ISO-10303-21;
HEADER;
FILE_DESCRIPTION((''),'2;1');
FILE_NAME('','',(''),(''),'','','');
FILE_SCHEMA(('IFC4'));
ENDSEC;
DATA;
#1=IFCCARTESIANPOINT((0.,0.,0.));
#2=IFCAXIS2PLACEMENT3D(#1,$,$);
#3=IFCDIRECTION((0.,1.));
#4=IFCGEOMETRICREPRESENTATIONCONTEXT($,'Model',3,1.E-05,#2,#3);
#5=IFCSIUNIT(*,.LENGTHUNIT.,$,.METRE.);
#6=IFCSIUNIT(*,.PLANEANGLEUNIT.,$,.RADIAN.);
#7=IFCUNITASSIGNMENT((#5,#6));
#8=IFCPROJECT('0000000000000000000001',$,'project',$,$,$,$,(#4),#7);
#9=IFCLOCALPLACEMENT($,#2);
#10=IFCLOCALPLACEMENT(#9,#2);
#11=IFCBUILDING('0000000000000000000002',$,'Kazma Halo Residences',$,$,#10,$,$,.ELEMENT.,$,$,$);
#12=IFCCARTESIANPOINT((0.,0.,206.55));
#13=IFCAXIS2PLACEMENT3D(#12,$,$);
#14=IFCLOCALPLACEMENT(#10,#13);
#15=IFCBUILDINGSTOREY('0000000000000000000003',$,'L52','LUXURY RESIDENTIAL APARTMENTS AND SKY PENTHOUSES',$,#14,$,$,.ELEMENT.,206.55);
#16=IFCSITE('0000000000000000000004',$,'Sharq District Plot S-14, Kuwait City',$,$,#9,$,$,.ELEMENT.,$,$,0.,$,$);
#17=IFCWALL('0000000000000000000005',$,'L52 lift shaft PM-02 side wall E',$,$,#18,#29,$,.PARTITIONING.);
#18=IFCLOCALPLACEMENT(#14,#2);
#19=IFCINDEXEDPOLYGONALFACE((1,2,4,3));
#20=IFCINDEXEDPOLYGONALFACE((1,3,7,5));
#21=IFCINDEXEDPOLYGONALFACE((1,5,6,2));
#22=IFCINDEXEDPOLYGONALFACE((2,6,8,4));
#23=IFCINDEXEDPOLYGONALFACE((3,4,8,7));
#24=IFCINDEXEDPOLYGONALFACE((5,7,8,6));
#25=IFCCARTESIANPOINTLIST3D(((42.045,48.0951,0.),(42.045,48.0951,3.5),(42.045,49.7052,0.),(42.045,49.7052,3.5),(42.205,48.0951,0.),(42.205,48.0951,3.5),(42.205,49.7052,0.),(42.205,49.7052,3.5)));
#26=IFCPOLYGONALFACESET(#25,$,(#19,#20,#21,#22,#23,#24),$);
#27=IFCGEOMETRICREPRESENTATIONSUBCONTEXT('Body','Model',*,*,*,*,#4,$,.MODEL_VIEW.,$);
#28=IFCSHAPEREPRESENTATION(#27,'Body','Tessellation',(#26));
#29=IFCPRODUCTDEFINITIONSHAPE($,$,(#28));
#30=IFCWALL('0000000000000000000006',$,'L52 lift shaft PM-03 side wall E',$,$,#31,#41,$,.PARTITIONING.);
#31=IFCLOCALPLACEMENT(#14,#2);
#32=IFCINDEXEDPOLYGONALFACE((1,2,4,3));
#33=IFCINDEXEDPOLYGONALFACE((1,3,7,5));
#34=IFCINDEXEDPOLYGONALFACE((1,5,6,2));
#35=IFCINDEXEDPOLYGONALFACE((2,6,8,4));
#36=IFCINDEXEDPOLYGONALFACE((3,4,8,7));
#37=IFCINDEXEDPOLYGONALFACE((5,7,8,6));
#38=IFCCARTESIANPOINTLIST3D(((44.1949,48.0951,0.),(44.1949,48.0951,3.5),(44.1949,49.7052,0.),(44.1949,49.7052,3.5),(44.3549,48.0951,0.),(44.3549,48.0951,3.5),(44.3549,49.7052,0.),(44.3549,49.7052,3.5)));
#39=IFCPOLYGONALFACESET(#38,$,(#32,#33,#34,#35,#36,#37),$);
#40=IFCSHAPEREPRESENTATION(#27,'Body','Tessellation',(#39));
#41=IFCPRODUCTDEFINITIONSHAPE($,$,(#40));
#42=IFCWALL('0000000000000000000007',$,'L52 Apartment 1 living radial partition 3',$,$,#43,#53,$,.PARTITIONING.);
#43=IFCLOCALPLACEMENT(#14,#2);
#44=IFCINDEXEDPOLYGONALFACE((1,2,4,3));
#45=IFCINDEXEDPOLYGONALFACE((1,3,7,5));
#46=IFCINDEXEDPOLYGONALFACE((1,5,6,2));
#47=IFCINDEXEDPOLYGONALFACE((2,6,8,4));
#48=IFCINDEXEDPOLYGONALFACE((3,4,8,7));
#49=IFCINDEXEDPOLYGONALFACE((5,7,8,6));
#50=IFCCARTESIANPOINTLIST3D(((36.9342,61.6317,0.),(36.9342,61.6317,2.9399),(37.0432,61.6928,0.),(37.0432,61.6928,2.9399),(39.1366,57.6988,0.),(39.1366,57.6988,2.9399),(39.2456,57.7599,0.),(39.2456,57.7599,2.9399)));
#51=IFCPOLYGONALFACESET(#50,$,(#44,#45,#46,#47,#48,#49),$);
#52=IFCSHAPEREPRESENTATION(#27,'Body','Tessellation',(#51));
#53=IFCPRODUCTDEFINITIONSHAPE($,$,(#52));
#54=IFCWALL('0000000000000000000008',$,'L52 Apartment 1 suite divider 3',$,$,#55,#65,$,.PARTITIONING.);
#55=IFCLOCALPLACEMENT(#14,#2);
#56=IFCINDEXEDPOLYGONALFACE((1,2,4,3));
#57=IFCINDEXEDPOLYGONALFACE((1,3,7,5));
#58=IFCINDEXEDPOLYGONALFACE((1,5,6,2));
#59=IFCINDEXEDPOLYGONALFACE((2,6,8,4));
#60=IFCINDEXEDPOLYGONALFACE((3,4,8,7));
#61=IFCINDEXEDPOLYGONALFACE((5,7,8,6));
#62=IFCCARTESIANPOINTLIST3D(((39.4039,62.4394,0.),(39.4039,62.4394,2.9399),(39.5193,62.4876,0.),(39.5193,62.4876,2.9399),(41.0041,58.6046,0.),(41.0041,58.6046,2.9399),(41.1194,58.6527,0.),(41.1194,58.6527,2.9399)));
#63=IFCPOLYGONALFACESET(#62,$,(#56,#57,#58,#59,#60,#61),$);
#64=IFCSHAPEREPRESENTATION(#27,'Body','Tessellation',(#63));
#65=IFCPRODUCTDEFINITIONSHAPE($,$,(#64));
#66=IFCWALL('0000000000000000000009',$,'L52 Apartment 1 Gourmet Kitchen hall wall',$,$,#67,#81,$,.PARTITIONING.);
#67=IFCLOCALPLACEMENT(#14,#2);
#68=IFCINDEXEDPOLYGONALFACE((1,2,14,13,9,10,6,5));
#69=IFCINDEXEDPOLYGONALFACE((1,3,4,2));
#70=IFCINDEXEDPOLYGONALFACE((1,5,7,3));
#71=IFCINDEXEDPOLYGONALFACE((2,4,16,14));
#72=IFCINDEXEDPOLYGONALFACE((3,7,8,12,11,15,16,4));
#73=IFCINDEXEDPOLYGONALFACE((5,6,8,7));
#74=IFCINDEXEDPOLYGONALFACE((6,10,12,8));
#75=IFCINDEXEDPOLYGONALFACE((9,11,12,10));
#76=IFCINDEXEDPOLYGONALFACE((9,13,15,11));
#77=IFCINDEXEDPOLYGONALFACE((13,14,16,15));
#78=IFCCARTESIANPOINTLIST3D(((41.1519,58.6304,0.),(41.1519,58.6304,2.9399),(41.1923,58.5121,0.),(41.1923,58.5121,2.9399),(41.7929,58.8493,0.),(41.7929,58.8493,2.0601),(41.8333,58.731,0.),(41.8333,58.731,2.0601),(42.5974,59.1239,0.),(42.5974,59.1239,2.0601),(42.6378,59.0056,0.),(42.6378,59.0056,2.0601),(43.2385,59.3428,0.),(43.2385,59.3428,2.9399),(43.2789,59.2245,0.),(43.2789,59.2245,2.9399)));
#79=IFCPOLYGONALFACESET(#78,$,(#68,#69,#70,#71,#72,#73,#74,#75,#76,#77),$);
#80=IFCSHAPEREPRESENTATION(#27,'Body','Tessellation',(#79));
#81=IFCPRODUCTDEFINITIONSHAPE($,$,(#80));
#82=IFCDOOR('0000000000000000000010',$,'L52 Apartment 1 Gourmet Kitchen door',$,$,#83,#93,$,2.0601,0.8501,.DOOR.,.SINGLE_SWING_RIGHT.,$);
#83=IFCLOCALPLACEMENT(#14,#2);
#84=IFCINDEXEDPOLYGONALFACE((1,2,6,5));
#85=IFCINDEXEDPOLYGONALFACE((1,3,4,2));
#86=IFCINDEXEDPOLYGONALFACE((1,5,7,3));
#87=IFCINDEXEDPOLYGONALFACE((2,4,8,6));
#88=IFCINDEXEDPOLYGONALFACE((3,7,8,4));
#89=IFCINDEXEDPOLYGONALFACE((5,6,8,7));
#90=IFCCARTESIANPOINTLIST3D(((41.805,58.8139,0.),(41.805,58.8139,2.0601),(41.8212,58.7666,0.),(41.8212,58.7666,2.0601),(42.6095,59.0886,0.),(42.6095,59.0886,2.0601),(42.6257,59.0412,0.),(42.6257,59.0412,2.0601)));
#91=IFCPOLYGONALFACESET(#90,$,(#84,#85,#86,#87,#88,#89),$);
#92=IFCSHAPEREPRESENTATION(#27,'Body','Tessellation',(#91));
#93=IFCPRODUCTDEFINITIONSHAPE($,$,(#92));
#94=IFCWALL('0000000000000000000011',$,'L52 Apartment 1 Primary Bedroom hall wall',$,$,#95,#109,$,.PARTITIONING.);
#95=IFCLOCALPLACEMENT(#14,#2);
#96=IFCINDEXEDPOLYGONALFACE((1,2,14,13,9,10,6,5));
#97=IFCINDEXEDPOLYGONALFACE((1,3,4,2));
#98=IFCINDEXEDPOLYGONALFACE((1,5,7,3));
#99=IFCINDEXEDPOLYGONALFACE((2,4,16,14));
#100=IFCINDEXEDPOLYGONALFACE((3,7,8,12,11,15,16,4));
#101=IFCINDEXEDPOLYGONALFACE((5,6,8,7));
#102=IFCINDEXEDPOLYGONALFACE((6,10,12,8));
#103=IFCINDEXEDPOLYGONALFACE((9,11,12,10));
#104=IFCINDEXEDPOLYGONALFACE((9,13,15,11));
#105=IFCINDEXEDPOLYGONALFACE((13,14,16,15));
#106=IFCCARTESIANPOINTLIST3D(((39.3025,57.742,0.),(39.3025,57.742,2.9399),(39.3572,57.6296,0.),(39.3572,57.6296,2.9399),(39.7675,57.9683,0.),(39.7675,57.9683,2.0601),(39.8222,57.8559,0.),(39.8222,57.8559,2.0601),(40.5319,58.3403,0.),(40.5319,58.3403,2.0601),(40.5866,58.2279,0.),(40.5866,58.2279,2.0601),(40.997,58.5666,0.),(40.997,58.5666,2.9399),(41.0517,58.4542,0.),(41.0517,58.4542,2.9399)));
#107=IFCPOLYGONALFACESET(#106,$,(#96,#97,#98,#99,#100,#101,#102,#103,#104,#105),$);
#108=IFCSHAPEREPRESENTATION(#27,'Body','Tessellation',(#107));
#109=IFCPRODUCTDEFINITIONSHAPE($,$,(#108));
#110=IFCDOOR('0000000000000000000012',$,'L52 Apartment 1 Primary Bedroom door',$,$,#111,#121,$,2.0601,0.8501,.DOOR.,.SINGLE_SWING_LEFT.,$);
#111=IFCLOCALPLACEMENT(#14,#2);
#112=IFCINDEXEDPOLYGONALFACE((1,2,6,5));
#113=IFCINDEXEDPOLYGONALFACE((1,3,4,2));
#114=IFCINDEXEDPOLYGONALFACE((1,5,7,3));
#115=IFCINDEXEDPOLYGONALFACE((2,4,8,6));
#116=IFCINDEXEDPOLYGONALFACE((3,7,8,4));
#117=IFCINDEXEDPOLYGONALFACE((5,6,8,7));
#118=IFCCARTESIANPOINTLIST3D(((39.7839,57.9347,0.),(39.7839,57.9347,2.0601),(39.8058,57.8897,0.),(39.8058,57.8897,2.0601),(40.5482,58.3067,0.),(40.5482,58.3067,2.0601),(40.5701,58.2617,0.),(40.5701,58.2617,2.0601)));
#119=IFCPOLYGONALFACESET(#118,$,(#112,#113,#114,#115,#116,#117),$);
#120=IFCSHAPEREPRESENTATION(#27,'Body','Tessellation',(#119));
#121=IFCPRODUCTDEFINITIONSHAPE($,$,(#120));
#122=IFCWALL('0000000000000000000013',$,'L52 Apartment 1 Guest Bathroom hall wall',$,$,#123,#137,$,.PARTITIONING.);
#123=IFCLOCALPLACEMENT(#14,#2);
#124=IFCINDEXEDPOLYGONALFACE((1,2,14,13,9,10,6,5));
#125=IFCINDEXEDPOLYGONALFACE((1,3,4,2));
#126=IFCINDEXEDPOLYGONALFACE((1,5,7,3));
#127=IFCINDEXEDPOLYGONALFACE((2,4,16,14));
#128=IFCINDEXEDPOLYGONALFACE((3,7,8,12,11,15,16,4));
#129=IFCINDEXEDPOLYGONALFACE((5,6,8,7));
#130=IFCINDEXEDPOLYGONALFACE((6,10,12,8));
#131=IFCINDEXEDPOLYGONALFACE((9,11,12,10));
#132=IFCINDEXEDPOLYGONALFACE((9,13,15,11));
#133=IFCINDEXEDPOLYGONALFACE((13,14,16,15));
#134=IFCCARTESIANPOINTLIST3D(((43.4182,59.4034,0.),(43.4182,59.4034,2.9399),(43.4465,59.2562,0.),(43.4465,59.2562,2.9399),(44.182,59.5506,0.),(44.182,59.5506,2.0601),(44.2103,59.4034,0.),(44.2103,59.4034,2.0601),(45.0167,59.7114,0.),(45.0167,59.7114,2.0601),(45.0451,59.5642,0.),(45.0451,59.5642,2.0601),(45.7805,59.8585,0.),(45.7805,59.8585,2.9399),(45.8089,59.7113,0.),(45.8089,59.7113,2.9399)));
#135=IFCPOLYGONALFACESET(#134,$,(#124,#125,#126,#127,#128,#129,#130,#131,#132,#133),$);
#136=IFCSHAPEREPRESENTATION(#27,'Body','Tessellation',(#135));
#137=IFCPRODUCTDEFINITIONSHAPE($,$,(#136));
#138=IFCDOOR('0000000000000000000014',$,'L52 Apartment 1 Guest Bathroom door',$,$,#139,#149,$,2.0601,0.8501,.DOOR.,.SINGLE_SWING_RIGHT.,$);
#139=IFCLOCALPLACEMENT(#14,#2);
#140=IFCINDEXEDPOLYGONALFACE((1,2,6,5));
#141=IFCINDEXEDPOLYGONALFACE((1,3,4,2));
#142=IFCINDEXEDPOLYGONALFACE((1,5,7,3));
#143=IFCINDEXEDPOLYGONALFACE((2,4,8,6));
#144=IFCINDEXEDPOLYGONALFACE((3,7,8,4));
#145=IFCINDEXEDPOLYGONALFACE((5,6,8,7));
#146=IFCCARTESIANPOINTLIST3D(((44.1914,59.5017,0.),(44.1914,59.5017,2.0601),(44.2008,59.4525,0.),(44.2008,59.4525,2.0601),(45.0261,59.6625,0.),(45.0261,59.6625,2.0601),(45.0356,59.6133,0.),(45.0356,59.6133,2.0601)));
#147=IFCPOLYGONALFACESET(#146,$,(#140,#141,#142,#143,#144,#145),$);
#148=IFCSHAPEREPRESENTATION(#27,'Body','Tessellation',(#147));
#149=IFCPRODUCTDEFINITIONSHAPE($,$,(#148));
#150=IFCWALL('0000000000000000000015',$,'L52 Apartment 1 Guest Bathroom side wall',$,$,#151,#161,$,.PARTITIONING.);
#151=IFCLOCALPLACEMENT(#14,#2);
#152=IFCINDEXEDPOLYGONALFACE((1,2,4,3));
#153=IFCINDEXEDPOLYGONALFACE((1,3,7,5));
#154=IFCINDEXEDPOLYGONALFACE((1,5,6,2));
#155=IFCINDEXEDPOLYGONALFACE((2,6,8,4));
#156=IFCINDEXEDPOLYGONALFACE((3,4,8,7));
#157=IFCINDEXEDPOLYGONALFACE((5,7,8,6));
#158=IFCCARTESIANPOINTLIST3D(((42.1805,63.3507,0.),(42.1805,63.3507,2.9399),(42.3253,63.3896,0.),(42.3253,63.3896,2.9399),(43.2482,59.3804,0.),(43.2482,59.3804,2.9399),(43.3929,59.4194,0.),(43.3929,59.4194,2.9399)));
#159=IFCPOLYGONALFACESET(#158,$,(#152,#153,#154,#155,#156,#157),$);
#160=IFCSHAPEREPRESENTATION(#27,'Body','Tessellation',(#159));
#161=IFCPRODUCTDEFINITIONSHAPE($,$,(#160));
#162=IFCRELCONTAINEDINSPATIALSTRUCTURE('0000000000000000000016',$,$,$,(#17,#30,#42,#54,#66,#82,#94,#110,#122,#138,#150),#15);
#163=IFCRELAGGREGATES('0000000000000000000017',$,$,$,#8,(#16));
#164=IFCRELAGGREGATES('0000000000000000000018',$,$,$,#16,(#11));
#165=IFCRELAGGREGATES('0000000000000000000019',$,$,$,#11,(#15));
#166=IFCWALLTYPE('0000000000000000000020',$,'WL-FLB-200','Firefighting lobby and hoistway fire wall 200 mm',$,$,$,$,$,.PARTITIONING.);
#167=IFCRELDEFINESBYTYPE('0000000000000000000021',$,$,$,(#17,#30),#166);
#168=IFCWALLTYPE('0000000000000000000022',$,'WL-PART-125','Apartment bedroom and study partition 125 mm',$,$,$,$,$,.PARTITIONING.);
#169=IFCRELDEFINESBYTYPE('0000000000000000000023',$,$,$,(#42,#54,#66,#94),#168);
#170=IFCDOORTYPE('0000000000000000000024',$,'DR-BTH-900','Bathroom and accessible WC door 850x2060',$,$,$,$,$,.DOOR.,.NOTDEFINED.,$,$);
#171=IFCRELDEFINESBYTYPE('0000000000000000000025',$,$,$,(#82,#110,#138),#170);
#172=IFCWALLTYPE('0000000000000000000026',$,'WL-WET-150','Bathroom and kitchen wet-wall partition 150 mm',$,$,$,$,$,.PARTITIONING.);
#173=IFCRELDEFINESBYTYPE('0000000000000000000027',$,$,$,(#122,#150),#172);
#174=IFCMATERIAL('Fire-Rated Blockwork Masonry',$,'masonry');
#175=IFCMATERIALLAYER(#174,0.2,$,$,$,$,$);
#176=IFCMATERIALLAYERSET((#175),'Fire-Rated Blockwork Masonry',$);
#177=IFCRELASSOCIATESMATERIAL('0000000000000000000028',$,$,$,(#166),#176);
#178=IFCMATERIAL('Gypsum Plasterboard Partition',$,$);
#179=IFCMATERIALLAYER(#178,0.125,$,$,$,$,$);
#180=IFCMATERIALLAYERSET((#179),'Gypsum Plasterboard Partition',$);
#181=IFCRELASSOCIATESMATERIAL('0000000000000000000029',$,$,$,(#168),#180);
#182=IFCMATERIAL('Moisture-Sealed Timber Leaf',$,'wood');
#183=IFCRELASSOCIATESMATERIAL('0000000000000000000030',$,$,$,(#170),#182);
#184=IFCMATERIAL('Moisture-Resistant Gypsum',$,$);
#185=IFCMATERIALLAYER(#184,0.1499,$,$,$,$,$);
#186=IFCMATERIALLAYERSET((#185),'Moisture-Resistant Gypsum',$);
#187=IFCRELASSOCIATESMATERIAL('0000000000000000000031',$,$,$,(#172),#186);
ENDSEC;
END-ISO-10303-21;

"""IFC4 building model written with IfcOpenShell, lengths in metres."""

from ifc_helpers import new_model, si_unit, direction, frame, frame_2d, origin, place, context, subcontext, project, spatial, rectangle, extrude, material, layer, layer_set, type_object, element, fill, save


model = new_model("IFC4")

# Units and contexts
model_context = context("Model", 3, precision=1e-05, world=origin(), true_north=direction((0.0, 1.0)))
body_context = subcontext(model_context, "Body", "Model", "MODEL_VIEW")
ifc_project = project(units=[si_unit("LENGTHUNIT", "METRE"), si_unit("PLANEANGLEUNIT", "RADIAN")], contexts=[model_context])

# Site, building, storey
site_placement = place(None, origin())
site = spatial("IfcSite", under=ifc_project, at=site_placement, Name="Sharq District Plot S-14, Kuwait City", CompositionType="ELEMENT", RefElevation=0.0)
building_placement = place(site_placement, origin())
building = spatial("IfcBuilding", under=site, at=building_placement, Name="Kazma Halo Residences", CompositionType="ELEMENT")
storey_placement = place(building_placement, frame((0.0, 0.0, 206.55)))
storey = spatial("IfcBuildingStorey", under=building, at=storey_placement, Name="L52", Description="LUXURY RESIDENTIAL APARTMENTS AND SKY PENTHOUSES", CompositionType="ELEMENT", Elevation=206.55)

# Walls
ifc_material_1 = material(Name="Fire-Rated Blockwork Masonry", Category="masonry")
ifc_layer_1 = layer(ifc_material_1, 0.2)
ifc_layer_set_1 = layer_set([ifc_layer_1], Name="Fire-Rated Blockwork Masonry")
wall_type_1 = type_object("IfcWallType", Name="WL-FLB-200", Description="Firefighting lobby and hoistway fire wall 200 mm", PredefinedType="PARTITIONING", material=ifc_layer_set_1)
for number, where, z_axis, x_axis, name in (
    (1, (42.125, 48.095, 0.0), (0.0, 0.0, 1.0), (0.0, 1.0, 0.0), "L52 lift shaft PM-02 side wall E"),
    (2, (44.2749, 48.095, 0.0), (0.0, 0.0, 1.0), (0.0, 1.0, 0.0), "L52 lift shaft PM-03 side wall E"),
):
    element("IfcWall", number, at=place(storey_placement, frame(where, z_axis=z_axis, x_axis=x_axis)), inside=storey, type_object=wall_type_1, Name=name, PredefinedType="PARTITIONING", context=body_context, shape_type="SweptSolid", body=[
        extrude(rectangle(XDim=1.6101, YDim=0.1599, at=frame_2d((0.8052, 0.0))), origin(), (0.0, 0.0, 1.0), 3.5),
    ])
ifc_material_2 = material(Name="Gypsum Plasterboard Partition")
ifc_layer_2 = layer(ifc_material_2, 0.125)
ifc_layer_set_2 = layer_set([ifc_layer_2], Name="Gypsum Plasterboard Partition")
wall_type_2 = type_object("IfcWallType", Name="WL-PART-125", Description="Apartment bedroom and study partition 125 mm", PredefinedType="PARTITIONING", material=ifc_layer_set_2)
wall_1_placement = place(storey_placement, frame((39.1912, 57.7292, 0.0), z_axis=(0.0, 0.0, 1.0), x_axis=(-0.488602, 0.872507, 0.0)))
element("IfcWall", 3, at=wall_1_placement, inside=storey, type_object=wall_type_2, Name="L52 Apartment 1 living radial partition 3", PredefinedType="PARTITIONING", context=body_context, shape_type="SweptSolid", body=[
    extrude(rectangle(XDim=4.5076, YDim=0.125, at=frame_2d((2.2539, 0.0))), origin(), (0.0, 0.0, 1.0), 2.9399),
])
wall_2_placement = place(storey_placement, frame((41.0618, 58.6287, 0.0), z_axis=(0.0, 0.0, 1.0), x_axis=(-0.385087, 0.92288, 0.0)))
element("IfcWall", 4, at=wall_2_placement, inside=storey, type_object=wall_type_2, Name="L52 Apartment 1 suite divider 3", PredefinedType="PARTITIONING", context=body_context, shape_type="SweptSolid", body=[
    extrude(rectangle(XDim=4.1553, YDim=0.125, at=frame_2d((2.0776, 0.0))), origin(), (0.0, 0.0, 1.0), 2.9399),
])

# Walls, openings, doors
wall_3_placement = place(storey_placement, frame((43.2588, 59.2837, 0.0), z_axis=(0.0, 0.0, 1.0), x_axis=(-0.946366, -0.323095, 0.0)))
wall_3 = element("IfcWall", 5, at=wall_3_placement, inside=storey, type_object=wall_type_2, Name="L52 Apartment 1 Gourmet Kitchen hall wall", PredefinedType="PARTITIONING", context=body_context, shape_type="SweptSolid", body=[
    extrude(rectangle(XDim=2.2048, YDim=0.125, at=frame_2d((1.1025, 0.0))), origin(), (0.0, 0.0, 1.0), 2.9399),
])
opening_1_placement = place(wall_3_placement, frame((0.6775, 0.0, 0.0)))
opening_1 = element("IfcOpeningElement", 6, at=opening_1_placement, cuts=wall_3, PredefinedType="OPENING", context=body_context, shape_type="SweptSolid", body=[
    extrude(rectangle(XDim=0.8501, YDim=2.0601, at=frame_2d((0.425, 1.03))), frame((0.0, 0.0725, 0.0), z_axis=(0.0, -1.0, 0.0), x_axis=(1.0, 0.0, 0.0)), (0.0, 0.0, 1.0), 0.145),
])
ifc_material_3 = material(Name="Moisture-Sealed Timber Leaf", Category="wood")
door_type_1 = type_object("IfcDoorType", Name="DR-BTH-900", Description="Bathroom and accessible WC door 850x2060", OperationType="NOTDEFINED", PredefinedType="DOOR", material=ifc_material_3)
door_1_placement = place(opening_1_placement, origin())
door_1 = element("IfcDoor", 7, at=door_1_placement, inside=storey, type_object=door_type_1, Name="L52 Apartment 1 Gourmet Kitchen door", OperationType="SINGLE_SWING_RIGHT", OverallHeight=2.0601, OverallWidth=0.8501, PredefinedType="DOOR", context=body_context, shape_type="SweptSolid", body=[
    extrude(rectangle(XDim=0.8501, YDim=2.0601, at=frame_2d((0.425, 1.03))), frame((0.0, 0.0249, 0.0), z_axis=(0.0, -1.0, 0.0), x_axis=(1.0, 0.0, 0.0)), (0.0, 0.0, 1.0), 0.05),
])
fill(opening_1, door_1)
wall_4_placement = place(storey_placement, frame((41.0244, 58.5105, 0.0), z_axis=(0.0, 0.0, 1.0), x_axis=(-0.899169, -0.437602, 0.0)))
wall_4 = element("IfcWall", 8, at=wall_4_placement, inside=storey, type_object=wall_type_2, Name="L52 Apartment 1 Primary Bedroom hall wall", PredefinedType="PARTITIONING", context=body_context, shape_type="SweptSolid", body=[
    extrude(rectangle(XDim=1.8845, YDim=0.125, at=frame_2d((0.9424, 0.0))), origin(), (0.0, 0.0, 1.0), 2.9399),
])
opening_2_placement = place(wall_4_placement, frame((0.5173, 0.0, 0.0)))
opening_2 = element("IfcOpeningElement", 9, at=opening_2_placement, cuts=wall_4, PredefinedType="OPENING", context=body_context, shape_type="SweptSolid", body=[
    extrude(rectangle(XDim=0.8501, YDim=2.0601, at=frame_2d((0.425, 1.03))), frame((0.0, 0.0725, 0.0), z_axis=(0.0, -1.0, 0.0), x_axis=(1.0, 0.0, 0.0)), (0.0, 0.0, 1.0), 0.145),
])
door_2_placement = place(opening_2_placement, origin())
door_2 = element("IfcDoor", 10, at=door_2_placement, inside=storey, type_object=door_type_1, Name="L52 Apartment 1 Primary Bedroom door", OperationType="SINGLE_SWING_LEFT", OverallHeight=2.0601, OverallWidth=0.8501, PredefinedType="DOOR", context=body_context, shape_type="SweptSolid", body=[
    extrude(rectangle(XDim=0.8501, YDim=2.0601, at=frame_2d((0.425, 1.03))), frame((0.0, 0.0249, 0.0), z_axis=(0.0, -1.0, 0.0), x_axis=(1.0, 0.0, 0.0)), (0.0, 0.0, 1.0), 0.05),
])
fill(opening_2, door_2)
ifc_material_4 = material(Name="Moisture-Resistant Gypsum")
ifc_layer_3 = layer(ifc_material_4, 0.1499)
ifc_layer_set_3 = layer_set([ifc_layer_3], Name="Moisture-Resistant Gypsum")
wall_type_3 = type_object("IfcWallType", Name="WL-WET-150", Description="Bathroom and kitchen wet-wall partition 150 mm", PredefinedType="PARTITIONING", material=ifc_layer_set_3)
wall_5_placement = place(storey_placement, frame((45.7947, 59.7849, 0.0), z_axis=(0.0, 0.0, 1.0), x_axis=(-0.981946, -0.189164, 0.0)))
wall_5 = element("IfcWall", 11, at=wall_5_placement, inside=storey, type_object=wall_type_3, Name="L52 Apartment 1 Guest Bathroom hall wall", PredefinedType="PARTITIONING", context=body_context, shape_type="SweptSolid", body=[
    extrude(rectangle(XDim=2.4058, YDim=0.1499, at=frame_2d((1.2029, 0.0))), origin(), (0.0, 0.0, 1.0), 2.9399),
])
opening_3_placement = place(wall_5_placement, frame((0.7778, 0.0, 0.0)))
opening_3 = element("IfcOpeningElement", 12, at=opening_3_placement, cuts=wall_5, PredefinedType="OPENING", context=body_context, shape_type="SweptSolid", body=[
    extrude(rectangle(XDim=0.8501, YDim=2.0601, at=frame_2d((0.425, 1.03))), frame((0.0, 0.085, 0.0), z_axis=(0.0, -1.0, 0.0), x_axis=(1.0, 0.0, 0.0)), (0.0, 0.0, 1.0), 0.1699),
])
door_3_placement = place(opening_3_placement, origin())
door_3 = element("IfcDoor", 13, at=door_3_placement, inside=storey, type_object=door_type_1, Name="L52 Apartment 1 Guest Bathroom door", OperationType="SINGLE_SWING_RIGHT", OverallHeight=2.0601, OverallWidth=0.8501, PredefinedType="DOOR", context=body_context, shape_type="SweptSolid", body=[
    extrude(rectangle(XDim=0.8501, YDim=2.0601, at=frame_2d((0.425, 1.03))), frame((0.0, 0.0249, 0.0), z_axis=(0.0, -1.0, 0.0), x_axis=(1.0, 0.0, 0.0)), (0.0, 0.0, 1.0), 0.05),
])
fill(opening_3, door_3)

# Wall
wall_6_placement = place(storey_placement, frame((43.3206, 59.3999, 0.0), z_axis=(0.0, 0.0, 1.0), x_axis=(-0.259684, 0.965694, 0.0)))
element("IfcWall", 14, at=wall_6_placement, inside=storey, type_object=wall_type_3, Name="L52 Apartment 1 Guest Bathroom side wall", PredefinedType="PARTITIONING", context=body_context, shape_type="SweptSolid", body=[
    extrude(rectangle(XDim=4.1113, YDim=0.1499, at=frame_2d((2.0557, 0.0))), origin(), (0.0, 0.0, 1.0), 2.9399),
])

save(model, "model.ifc")
